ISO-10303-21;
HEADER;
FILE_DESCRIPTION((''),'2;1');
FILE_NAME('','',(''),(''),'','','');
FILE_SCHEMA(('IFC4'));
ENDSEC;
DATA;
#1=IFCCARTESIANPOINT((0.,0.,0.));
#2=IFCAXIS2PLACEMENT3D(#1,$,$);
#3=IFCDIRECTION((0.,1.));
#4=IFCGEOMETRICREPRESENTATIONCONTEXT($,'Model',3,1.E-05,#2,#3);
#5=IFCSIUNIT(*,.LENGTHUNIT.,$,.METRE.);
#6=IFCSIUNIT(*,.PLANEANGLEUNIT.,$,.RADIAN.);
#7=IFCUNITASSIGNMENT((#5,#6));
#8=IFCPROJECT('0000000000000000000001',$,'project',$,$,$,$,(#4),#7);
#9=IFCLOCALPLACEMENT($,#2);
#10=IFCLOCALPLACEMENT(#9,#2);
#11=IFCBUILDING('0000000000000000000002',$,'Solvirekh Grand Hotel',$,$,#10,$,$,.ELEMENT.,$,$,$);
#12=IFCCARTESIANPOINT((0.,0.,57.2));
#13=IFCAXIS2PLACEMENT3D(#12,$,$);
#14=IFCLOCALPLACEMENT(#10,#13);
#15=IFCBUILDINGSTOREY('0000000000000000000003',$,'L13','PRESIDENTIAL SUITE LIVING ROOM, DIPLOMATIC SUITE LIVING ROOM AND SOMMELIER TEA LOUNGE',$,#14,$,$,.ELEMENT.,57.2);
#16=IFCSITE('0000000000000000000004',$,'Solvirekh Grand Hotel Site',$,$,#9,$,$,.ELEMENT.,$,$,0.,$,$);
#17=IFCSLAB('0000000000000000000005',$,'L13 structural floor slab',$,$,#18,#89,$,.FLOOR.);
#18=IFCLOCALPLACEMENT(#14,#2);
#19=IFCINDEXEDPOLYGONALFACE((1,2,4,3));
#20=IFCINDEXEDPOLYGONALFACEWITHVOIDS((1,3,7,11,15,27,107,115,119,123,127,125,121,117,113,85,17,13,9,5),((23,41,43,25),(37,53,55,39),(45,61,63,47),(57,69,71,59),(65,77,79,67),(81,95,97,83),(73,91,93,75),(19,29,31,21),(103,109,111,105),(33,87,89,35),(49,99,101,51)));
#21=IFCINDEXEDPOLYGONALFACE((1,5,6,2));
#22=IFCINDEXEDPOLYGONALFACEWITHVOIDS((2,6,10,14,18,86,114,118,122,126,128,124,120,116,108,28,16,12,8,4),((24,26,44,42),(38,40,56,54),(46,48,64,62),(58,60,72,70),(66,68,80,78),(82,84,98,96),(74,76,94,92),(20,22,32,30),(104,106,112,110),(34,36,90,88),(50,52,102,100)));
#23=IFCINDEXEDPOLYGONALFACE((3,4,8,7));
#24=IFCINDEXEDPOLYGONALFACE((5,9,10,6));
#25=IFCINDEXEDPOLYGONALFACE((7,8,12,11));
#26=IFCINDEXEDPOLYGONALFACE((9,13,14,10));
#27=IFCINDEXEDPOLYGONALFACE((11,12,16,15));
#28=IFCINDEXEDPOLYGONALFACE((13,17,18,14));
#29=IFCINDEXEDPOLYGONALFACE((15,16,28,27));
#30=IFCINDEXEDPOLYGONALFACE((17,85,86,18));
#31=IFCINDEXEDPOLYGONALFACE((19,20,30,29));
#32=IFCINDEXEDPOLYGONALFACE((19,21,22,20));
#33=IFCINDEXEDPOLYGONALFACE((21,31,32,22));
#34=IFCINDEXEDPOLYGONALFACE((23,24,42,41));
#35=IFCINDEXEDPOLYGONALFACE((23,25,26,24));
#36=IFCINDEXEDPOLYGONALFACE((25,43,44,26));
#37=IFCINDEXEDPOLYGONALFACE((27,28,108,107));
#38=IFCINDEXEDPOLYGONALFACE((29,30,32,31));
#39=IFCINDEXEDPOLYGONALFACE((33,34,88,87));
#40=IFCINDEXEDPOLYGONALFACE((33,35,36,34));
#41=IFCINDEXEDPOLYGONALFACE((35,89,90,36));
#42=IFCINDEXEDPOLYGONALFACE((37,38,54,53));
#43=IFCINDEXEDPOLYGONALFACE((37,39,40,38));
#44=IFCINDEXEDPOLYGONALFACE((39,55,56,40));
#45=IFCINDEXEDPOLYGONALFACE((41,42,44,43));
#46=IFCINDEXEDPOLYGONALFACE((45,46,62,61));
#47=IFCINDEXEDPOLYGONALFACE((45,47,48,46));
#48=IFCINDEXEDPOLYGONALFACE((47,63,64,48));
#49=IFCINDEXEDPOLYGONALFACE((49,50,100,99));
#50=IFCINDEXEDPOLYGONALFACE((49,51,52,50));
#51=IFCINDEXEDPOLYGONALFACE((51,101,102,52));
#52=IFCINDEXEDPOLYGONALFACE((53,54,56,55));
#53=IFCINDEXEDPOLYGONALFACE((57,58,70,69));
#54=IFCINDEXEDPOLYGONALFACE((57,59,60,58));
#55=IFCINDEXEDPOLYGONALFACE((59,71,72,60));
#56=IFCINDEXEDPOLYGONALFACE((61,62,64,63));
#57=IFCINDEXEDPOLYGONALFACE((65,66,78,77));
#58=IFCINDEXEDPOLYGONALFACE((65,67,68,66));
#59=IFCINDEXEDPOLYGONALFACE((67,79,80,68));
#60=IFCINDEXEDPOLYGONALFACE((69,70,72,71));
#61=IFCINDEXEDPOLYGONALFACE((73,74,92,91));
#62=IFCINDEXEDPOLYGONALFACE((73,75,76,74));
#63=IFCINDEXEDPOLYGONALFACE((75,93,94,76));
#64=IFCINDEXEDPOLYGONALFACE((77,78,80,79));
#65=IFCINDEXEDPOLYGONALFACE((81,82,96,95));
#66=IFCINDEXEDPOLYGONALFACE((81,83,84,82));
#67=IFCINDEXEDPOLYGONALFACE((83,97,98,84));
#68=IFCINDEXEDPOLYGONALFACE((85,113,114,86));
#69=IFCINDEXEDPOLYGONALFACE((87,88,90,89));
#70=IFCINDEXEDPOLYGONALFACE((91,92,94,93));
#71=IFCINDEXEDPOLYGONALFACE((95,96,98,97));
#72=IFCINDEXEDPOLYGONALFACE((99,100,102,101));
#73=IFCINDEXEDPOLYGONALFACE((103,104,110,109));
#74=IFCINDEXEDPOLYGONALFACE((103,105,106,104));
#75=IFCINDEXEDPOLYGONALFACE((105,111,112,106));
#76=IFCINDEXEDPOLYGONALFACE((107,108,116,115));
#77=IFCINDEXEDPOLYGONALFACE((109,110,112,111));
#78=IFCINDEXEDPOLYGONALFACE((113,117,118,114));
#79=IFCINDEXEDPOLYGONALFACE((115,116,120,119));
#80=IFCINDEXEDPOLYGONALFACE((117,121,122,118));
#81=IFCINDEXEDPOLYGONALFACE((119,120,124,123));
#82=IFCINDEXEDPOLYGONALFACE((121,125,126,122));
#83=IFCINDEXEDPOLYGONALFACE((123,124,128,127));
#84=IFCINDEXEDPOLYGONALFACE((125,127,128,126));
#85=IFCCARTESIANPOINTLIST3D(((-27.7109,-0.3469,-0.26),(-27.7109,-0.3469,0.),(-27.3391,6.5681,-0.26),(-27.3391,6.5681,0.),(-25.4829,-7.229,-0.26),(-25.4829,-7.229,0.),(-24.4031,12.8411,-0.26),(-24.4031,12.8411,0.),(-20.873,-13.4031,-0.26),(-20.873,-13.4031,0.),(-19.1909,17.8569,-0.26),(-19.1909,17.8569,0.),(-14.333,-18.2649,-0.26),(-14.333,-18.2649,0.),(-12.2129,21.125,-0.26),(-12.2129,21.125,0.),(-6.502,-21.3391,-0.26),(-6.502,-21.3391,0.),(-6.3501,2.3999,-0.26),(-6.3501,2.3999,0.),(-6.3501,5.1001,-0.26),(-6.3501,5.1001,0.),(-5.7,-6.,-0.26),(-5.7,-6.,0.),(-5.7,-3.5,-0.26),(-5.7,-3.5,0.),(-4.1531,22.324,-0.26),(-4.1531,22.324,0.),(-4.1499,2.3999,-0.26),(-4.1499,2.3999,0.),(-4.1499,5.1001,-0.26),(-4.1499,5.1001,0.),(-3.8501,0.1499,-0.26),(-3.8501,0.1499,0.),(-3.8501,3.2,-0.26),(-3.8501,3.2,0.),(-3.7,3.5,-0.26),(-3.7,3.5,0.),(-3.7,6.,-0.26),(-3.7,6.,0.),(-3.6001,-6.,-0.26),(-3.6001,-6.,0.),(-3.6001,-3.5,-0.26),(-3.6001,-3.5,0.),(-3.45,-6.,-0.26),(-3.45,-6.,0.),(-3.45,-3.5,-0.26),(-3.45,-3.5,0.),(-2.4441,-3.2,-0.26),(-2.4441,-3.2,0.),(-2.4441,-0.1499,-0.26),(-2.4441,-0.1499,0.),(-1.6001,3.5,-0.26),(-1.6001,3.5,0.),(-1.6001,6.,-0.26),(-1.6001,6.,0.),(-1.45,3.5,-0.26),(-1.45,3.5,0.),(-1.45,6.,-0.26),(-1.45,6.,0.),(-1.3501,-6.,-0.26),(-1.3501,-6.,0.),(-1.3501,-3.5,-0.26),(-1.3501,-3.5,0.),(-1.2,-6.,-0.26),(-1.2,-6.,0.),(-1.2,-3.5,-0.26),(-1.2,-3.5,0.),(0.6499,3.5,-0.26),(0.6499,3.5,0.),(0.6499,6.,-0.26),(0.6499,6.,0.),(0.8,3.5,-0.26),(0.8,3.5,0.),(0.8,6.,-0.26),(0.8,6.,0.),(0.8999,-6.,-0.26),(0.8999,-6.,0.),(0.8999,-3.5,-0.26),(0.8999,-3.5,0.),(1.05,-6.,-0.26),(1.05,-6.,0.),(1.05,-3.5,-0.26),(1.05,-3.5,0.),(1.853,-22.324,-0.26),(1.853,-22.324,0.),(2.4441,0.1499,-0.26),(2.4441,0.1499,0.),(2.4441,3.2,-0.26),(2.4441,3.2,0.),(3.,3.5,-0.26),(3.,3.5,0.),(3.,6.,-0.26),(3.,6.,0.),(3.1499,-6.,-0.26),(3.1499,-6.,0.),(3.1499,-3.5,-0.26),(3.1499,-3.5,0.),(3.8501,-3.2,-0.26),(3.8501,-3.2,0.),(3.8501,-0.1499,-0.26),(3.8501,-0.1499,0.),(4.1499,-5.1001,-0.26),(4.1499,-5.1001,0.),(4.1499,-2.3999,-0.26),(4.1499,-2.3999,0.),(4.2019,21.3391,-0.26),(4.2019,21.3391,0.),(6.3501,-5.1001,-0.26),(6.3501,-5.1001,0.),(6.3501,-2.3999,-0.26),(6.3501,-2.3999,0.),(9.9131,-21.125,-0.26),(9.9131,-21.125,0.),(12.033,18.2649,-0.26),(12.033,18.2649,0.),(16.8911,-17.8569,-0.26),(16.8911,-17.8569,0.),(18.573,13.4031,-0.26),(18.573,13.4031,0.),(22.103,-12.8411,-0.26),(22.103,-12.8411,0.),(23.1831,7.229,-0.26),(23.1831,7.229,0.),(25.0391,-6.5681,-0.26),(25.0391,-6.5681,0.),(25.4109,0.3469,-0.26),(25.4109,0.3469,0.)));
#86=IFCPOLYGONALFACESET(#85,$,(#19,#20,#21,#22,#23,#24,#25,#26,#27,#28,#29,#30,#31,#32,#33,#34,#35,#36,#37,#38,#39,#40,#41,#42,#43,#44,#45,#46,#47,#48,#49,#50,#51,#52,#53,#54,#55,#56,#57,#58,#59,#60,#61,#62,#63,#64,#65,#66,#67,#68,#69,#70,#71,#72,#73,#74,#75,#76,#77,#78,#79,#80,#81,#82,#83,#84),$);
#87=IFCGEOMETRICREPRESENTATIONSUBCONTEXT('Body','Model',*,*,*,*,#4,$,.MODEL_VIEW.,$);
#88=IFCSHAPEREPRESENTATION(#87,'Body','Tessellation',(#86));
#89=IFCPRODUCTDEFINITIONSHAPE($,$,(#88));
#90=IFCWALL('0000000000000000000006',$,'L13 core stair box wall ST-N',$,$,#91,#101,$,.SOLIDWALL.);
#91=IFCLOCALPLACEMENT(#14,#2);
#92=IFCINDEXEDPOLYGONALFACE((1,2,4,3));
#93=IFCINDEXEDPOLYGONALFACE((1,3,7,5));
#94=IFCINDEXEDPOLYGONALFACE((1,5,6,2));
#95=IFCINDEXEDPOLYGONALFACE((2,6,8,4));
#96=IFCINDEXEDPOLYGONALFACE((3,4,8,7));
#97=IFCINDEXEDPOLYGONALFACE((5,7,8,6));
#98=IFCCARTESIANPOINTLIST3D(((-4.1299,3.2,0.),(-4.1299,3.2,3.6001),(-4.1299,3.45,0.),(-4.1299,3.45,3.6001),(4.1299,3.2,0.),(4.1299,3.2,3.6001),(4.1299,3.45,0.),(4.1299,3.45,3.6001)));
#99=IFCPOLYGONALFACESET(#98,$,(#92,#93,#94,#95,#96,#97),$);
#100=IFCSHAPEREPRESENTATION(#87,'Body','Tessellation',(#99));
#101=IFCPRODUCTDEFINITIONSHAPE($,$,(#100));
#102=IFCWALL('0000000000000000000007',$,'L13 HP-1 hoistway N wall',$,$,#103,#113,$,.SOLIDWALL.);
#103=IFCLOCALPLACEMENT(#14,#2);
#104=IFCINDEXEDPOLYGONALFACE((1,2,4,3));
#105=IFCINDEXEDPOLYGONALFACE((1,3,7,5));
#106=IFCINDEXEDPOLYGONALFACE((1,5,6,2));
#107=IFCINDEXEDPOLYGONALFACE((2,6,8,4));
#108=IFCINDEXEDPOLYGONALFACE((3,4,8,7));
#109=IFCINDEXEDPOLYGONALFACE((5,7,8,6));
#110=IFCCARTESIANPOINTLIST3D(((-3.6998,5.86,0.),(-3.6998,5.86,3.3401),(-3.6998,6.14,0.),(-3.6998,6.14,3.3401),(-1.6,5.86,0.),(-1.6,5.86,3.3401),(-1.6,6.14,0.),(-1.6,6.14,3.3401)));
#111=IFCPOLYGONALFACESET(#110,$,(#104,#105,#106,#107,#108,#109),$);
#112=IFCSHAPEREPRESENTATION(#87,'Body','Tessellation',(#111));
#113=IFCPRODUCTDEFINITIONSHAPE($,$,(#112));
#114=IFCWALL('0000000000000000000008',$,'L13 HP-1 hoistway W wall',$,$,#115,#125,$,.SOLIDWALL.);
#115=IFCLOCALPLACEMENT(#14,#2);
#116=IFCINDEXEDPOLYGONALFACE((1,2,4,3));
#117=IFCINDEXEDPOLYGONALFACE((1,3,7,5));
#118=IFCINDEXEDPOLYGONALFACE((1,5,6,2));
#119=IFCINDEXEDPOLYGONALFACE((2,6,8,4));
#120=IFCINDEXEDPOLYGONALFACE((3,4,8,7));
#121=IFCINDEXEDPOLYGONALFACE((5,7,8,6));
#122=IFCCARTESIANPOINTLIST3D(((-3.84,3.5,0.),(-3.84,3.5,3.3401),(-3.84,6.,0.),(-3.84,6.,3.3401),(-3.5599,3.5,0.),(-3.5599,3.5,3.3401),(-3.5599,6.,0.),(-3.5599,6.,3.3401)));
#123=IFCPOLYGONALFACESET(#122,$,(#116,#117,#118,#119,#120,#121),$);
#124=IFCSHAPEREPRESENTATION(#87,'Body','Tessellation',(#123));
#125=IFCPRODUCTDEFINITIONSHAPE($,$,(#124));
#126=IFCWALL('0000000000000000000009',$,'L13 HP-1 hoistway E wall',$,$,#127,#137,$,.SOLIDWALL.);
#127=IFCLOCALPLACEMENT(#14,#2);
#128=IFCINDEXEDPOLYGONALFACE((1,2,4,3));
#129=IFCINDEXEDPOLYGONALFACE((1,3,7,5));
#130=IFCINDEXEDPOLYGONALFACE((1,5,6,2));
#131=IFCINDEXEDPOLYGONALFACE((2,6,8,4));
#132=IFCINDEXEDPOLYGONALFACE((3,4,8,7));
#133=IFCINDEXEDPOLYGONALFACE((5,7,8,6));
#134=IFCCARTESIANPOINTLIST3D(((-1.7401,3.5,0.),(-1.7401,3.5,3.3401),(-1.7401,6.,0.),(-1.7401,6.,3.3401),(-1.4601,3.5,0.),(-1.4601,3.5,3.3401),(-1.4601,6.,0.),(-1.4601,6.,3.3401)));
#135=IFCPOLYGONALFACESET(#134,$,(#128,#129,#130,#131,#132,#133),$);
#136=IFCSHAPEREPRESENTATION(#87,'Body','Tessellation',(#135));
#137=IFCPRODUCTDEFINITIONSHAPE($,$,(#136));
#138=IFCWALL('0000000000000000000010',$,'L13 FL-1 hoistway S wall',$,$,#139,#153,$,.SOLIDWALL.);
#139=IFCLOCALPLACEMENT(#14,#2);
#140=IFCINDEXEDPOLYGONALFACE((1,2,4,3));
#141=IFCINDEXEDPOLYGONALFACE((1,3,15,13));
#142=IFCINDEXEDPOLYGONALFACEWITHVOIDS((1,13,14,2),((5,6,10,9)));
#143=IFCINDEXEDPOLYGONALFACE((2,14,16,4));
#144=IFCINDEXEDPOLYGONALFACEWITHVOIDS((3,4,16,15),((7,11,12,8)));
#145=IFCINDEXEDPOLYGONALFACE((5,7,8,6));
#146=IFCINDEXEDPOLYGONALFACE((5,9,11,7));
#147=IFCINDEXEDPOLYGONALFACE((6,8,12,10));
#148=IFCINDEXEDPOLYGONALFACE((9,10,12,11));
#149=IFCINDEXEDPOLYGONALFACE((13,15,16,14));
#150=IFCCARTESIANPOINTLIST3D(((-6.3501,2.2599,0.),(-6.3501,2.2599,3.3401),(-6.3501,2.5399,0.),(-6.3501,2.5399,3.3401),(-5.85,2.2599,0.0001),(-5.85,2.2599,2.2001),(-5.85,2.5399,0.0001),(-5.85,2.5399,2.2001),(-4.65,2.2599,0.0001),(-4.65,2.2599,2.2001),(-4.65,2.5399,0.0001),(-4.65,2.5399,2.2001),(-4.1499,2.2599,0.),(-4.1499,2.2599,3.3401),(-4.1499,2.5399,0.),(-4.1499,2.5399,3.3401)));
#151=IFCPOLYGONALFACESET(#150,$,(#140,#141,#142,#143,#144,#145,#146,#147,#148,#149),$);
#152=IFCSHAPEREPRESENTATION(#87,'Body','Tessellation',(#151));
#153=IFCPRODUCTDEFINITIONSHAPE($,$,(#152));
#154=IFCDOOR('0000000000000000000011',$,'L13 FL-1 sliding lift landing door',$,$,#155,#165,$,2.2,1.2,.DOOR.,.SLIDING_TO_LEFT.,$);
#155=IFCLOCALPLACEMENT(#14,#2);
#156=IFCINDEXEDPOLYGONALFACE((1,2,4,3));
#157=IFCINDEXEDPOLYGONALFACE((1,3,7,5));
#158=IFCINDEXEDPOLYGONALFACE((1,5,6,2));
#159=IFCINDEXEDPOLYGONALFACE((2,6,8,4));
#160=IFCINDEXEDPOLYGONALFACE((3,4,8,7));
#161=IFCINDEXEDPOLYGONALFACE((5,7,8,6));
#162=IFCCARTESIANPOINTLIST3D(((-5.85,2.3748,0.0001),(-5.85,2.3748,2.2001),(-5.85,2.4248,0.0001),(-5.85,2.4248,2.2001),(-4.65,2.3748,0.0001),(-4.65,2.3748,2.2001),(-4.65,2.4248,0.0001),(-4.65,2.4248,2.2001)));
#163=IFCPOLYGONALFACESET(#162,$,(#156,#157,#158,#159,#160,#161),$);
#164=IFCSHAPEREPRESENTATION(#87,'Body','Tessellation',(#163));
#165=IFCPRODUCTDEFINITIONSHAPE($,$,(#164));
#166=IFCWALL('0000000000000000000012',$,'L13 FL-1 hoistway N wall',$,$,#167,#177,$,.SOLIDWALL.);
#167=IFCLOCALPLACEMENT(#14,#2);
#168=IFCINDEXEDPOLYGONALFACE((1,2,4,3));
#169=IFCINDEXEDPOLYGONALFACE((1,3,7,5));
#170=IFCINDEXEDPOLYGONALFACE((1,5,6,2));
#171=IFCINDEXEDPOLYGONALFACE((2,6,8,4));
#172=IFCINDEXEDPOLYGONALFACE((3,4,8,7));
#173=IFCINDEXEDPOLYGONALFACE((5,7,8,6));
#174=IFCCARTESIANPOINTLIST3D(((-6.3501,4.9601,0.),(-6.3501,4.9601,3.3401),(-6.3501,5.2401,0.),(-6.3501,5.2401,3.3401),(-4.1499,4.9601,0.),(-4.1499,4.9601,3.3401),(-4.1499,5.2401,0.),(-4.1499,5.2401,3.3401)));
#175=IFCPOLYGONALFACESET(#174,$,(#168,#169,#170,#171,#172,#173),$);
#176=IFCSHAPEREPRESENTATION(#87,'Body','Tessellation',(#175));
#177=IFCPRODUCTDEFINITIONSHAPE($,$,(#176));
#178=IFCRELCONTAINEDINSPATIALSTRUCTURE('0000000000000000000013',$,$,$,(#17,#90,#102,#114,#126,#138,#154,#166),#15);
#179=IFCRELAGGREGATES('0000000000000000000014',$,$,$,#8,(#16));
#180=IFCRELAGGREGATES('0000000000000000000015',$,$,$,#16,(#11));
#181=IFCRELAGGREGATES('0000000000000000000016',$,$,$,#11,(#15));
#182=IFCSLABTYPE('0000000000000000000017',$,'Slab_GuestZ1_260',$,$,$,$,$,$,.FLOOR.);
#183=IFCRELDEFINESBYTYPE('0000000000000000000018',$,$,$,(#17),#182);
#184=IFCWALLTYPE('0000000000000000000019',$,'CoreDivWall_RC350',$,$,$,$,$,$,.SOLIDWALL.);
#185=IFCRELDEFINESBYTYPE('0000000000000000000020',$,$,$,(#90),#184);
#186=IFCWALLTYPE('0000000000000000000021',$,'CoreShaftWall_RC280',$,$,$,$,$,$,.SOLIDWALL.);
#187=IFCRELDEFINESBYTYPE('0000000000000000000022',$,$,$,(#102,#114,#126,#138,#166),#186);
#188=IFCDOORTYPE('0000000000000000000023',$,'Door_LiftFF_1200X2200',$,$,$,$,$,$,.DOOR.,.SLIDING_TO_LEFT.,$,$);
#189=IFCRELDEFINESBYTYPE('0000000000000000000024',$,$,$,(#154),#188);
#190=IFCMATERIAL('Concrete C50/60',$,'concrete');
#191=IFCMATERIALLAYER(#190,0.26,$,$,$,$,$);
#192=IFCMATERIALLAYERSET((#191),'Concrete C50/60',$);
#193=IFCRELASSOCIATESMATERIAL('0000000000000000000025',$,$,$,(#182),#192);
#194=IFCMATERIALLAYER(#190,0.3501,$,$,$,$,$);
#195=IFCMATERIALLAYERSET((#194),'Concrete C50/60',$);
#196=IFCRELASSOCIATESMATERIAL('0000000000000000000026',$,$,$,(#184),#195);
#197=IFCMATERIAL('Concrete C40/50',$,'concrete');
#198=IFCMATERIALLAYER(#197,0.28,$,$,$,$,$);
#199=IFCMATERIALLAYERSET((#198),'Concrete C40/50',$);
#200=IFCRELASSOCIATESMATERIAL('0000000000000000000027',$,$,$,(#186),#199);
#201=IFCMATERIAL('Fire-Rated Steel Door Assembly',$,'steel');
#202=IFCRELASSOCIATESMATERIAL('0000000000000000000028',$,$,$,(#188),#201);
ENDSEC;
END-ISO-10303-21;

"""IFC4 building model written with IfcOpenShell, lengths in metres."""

from ifc_helpers import new_model, si_unit, direction, frame, frame_2d, origin, place, context, subcontext, project, spatial, polyline, rectangle, outline, extrude, material, layer, layer_set, type_object, element, fill, save


model = new_model("IFC4")

# Units and contexts
model_context = context("Model", 3, precision=1e-05, world=origin(), true_north=direction((0.0, 1.0)))
body_context = subcontext(model_context, "Body", "Model", "MODEL_VIEW")
ifc_project = project(units=[si_unit("LENGTHUNIT", "METRE"), si_unit("PLANEANGLEUNIT", "RADIAN")], contexts=[model_context])

# Site, building, storey
site_placement = place(None, origin())
site = spatial("IfcSite", under=ifc_project, at=site_placement, Name="Solvirekh Grand Hotel Site", CompositionType="ELEMENT", RefElevation=0.0)
building_placement = place(site_placement, origin())
building = spatial("IfcBuilding", under=site, at=building_placement, Name="Solvirekh Grand Hotel", CompositionType="ELEMENT")
storey_placement = place(building_placement, frame((0.0, 0.0, 57.2)))
storey = spatial("IfcBuildingStorey", under=building, at=storey_placement, Name="L13", Description="PRESIDENTIAL SUITE LIVING ROOM, DIPLOMATIC SUITE LIVING ROOM AND SOMMELIER TEA LOUNGE", CompositionType="ELEMENT", Elevation=57.2)

# Shared definitions
ifc_material_1 = material(Name="Concrete C50/60", Category="concrete")

# Shared definitions
ifc_material_2 = material(Name="Concrete C40/50", Category="concrete")

# Slab
ifc_layer_1 = layer(ifc_material_1, 0.26)
ifc_layer_set_1 = layer_set([ifc_layer_1], Name="Concrete C50/60")
slab_type_1 = type_object("IfcSlabType", Name="Slab_GuestZ1_260", PredefinedType="FLOOR", material=ifc_layer_set_1)
slab_1_placement = place(storey_placement, frame((0.0, 0.0, -0.26)))
element("IfcSlab", 1, at=slab_1_placement, inside=storey, type_object=slab_type_1, Name="L13 structural floor slab", PredefinedType="FLOOR", context=body_context, shape_type="SweptSolid", body=[
    extrude(outline(polyline([(25.0391, -6.5681), (25.4109, 0.3469), (23.1831, 7.229), (18.573, 13.4031), (12.033, 18.2649), (4.2019, 21.3391), (-4.1531, 22.324), (-12.2129, 21.125), (-19.1909, 17.8569), (-24.4031, 12.8411), (-27.3391, 6.5681), (-27.7109, -0.3469), (-25.4829, -7.229), (-20.873, -13.4031), (-14.333, -18.2649), (-6.502, -21.3391), (1.853, -22.324), (9.9131, -21.125), (16.8911, -17.8569), (22.103, -12.8411), (25.0391, -6.5681)]), holes=[polyline([(-2.4441, -0.1499), (3.8501, -0.1499), (3.8501, -3.2), (-2.4441, -3.2), (-2.4441, -0.1499)]), polyline([(2.4441, 0.1499), (-3.8501, 0.1499), (-3.8501, 3.2), (2.4441, 3.2), (2.4441, 0.1499)]), polyline([(-5.7, -3.5), (-3.6001, -3.5), (-3.6001, -6.0), (-5.7, -6.0), (-5.7, -3.5)]), polyline([(-3.45, -3.5), (-1.3501, -3.5), (-1.3501, -6.0), (-3.45, -6.0), (-3.45, -3.5)]), polyline([(-1.2, -3.5), (0.8999, -3.5), (0.8999, -6.0), (-1.2, -6.0), (-1.2, -3.5)]), polyline([(1.05, -3.5), (3.1499, -3.5), (3.1499, -6.0), (1.05, -6.0), (1.05, -3.5)]), polyline([(-3.7, 6.0), (-1.6001, 6.0), (-1.6001, 3.5), (-3.7, 3.5), (-3.7, 6.0)]), polyline([(-1.45, 6.0), (0.6499, 6.0), (0.6499, 3.5), (-1.45, 3.5), (-1.45, 6.0)]), polyline([(0.8, 6.0), (3.0, 6.0), (3.0, 3.5), (0.8, 3.5), (0.8, 6.0)]), polyline([(-6.3501, 5.1001), (-4.1499, 5.1001), (-4.1499, 2.3999), (-6.3501, 2.3999), (-6.3501, 5.1001)]), polyline([(4.1499, -2.3999), (6.3501, -2.3999), (6.3501, -5.1001), (4.1499, -5.1001), (4.1499, -2.3999)])]), origin(), (0.0, 0.0, 1.0), 0.26),
])

# Walls
ifc_layer_2 = layer(ifc_material_1, 0.3501)
ifc_layer_set_2 = layer_set([ifc_layer_2], Name="Concrete C50/60")
wall_type_1 = type_object("IfcWallType", Name="CoreDivWall_RC350", PredefinedType="SOLIDWALL", material=ifc_layer_set_2)
wall_1_placement = place(storey_placement, frame((-4.1299, 3.325, 0.0), z_axis=(0.0, 0.0, 1.0), x_axis=(1.0, 0.0, 0.0)))
element("IfcWall", 2, at=wall_1_placement, inside=storey, type_object=wall_type_1, Name="L13 core stair box wall ST-N", PredefinedType="SOLIDWALL", context=body_context, shape_type="SweptSolid", body=[
    extrude(rectangle(XDim=8.2598, YDim=0.25, at=frame_2d((4.1299, 0.0))), origin(), (0.0, 0.0, 1.0), 3.6001),
])
ifc_layer_3 = layer(ifc_material_2, 0.28)
ifc_layer_set_3 = layer_set([ifc_layer_3], Name="Concrete C40/50")
wall_type_2 = type_object("IfcWallType", Name="CoreShaftWall_RC280", PredefinedType="SOLIDWALL", material=ifc_layer_set_3)
wall_2_placement = place(storey_placement, frame((-1.6001, 6.0, 0.0), z_axis=(0.0, 0.0, 1.0), x_axis=(-1.0, 0.0, 0.0)))
element("IfcWall", 3, at=wall_2_placement, inside=storey, type_object=wall_type_2, Name="L13 HP-1 hoistway N wall", PredefinedType="SOLIDWALL", context=body_context, shape_type="SweptSolid", body=[
    extrude(rectangle(XDim=2.0999, YDim=0.28, at=frame_2d((1.0498, 0.0))), origin(), (0.0, 0.0, 1.0), 3.3401),
])
for number, where, z_axis, x_axis, name in (
    (4, (-3.7, 6.0, 0.0), (0.0, 0.0, 1.0), (0.0, -1.0, 0.0), "L13 HP-1 hoistway W wall"),
    (5, (-1.6001, 3.5, 0.0), (0.0, 0.0, 1.0), (0.0, 1.0, 0.0), "L13 HP-1 hoistway E wall"),
):
    element("IfcWall", number, at=place(storey_placement, frame(where, z_axis=z_axis, x_axis=x_axis)), inside=storey, type_object=wall_type_2, Name=name, PredefinedType="SOLIDWALL", context=body_context, shape_type="SweptSolid", body=[
        extrude(rectangle(XDim=2.5, YDim=0.28, at=frame_2d((1.25, 0.0))), origin(), (0.0, 0.0, 1.0), 3.3401),
    ])

# Wall, opening, door
wall_3_placement = place(storey_placement, frame((-6.3501, 2.3999, 0.0), z_axis=(0.0, 0.0, 1.0), x_axis=(1.0, 0.0, 0.0)))
wall_3 = element("IfcWall", 6, at=wall_3_placement, inside=storey, type_object=wall_type_2, Name="L13 FL-1 hoistway S wall", PredefinedType="SOLIDWALL", context=body_context, shape_type="SweptSolid", body=[
    extrude(rectangle(XDim=2.2002, YDim=0.28, at=frame_2d((1.1001, 0.0))), origin(), (0.0, 0.0, 1.0), 3.3401),
])
opening_1_placement = place(wall_3_placement, frame((0.5, 0.0, 0.0)))
opening_1 = element("IfcOpeningElement", 7, at=opening_1_placement, cuts=wall_3, PredefinedType="OPENING", context=body_context, shape_type="SweptSolid", body=[
    extrude(rectangle(XDim=1.2, YDim=2.2, at=frame_2d((0.6001, 1.1001))), frame((0.0, 0.1499, 0.0), z_axis=(0.0, -1.0, 0.0), x_axis=(1.0, 0.0, 0.0)), (0.0, 0.0, 1.0), 0.3),
])
ifc_material_3 = material(Name="Fire-Rated Steel Door Assembly", Category="steel")
door_type_1 = type_object("IfcDoorType", Name="Door_LiftFF_1200X2200", OperationType="SLIDING_TO_LEFT", PredefinedType="DOOR", material=ifc_material_3)
door_1_placement = place(opening_1_placement, origin())
door_1 = element("IfcDoor", 8, at=door_1_placement, inside=storey, type_object=door_type_1, Name="L13 FL-1 sliding lift landing door", OperationType="SLIDING_TO_LEFT", OverallHeight=2.2, OverallWidth=1.2, PredefinedType="DOOR", context=body_context, shape_type="SweptSolid", body=[
    extrude(rectangle(XDim=1.2, YDim=2.2, at=frame_2d((0.6001, 1.1001))), frame((0.0, 0.0249, 0.0), z_axis=(0.0, -1.0, 0.0), x_axis=(1.0, 0.0, 0.0)), (0.0, 0.0, 1.0), 0.05),
])
fill(opening_1, door_1)

# Wall
wall_4_placement = place(storey_placement, frame((-4.1499, 5.1001, 0.0), z_axis=(0.0, 0.0, 1.0), x_axis=(-1.0, 0.0, 0.0)))
element("IfcWall", 9, at=wall_4_placement, inside=storey, type_object=wall_type_2, Name="L13 FL-1 hoistway N wall", PredefinedType="SOLIDWALL", context=body_context, shape_type="SweptSolid", body=[
    extrude(rectangle(XDim=2.2002, YDim=0.28, at=frame_2d((1.1001, 0.0))), origin(), (0.0, 0.0, 1.0), 3.3401),
])

save(model, "model.ifc")
